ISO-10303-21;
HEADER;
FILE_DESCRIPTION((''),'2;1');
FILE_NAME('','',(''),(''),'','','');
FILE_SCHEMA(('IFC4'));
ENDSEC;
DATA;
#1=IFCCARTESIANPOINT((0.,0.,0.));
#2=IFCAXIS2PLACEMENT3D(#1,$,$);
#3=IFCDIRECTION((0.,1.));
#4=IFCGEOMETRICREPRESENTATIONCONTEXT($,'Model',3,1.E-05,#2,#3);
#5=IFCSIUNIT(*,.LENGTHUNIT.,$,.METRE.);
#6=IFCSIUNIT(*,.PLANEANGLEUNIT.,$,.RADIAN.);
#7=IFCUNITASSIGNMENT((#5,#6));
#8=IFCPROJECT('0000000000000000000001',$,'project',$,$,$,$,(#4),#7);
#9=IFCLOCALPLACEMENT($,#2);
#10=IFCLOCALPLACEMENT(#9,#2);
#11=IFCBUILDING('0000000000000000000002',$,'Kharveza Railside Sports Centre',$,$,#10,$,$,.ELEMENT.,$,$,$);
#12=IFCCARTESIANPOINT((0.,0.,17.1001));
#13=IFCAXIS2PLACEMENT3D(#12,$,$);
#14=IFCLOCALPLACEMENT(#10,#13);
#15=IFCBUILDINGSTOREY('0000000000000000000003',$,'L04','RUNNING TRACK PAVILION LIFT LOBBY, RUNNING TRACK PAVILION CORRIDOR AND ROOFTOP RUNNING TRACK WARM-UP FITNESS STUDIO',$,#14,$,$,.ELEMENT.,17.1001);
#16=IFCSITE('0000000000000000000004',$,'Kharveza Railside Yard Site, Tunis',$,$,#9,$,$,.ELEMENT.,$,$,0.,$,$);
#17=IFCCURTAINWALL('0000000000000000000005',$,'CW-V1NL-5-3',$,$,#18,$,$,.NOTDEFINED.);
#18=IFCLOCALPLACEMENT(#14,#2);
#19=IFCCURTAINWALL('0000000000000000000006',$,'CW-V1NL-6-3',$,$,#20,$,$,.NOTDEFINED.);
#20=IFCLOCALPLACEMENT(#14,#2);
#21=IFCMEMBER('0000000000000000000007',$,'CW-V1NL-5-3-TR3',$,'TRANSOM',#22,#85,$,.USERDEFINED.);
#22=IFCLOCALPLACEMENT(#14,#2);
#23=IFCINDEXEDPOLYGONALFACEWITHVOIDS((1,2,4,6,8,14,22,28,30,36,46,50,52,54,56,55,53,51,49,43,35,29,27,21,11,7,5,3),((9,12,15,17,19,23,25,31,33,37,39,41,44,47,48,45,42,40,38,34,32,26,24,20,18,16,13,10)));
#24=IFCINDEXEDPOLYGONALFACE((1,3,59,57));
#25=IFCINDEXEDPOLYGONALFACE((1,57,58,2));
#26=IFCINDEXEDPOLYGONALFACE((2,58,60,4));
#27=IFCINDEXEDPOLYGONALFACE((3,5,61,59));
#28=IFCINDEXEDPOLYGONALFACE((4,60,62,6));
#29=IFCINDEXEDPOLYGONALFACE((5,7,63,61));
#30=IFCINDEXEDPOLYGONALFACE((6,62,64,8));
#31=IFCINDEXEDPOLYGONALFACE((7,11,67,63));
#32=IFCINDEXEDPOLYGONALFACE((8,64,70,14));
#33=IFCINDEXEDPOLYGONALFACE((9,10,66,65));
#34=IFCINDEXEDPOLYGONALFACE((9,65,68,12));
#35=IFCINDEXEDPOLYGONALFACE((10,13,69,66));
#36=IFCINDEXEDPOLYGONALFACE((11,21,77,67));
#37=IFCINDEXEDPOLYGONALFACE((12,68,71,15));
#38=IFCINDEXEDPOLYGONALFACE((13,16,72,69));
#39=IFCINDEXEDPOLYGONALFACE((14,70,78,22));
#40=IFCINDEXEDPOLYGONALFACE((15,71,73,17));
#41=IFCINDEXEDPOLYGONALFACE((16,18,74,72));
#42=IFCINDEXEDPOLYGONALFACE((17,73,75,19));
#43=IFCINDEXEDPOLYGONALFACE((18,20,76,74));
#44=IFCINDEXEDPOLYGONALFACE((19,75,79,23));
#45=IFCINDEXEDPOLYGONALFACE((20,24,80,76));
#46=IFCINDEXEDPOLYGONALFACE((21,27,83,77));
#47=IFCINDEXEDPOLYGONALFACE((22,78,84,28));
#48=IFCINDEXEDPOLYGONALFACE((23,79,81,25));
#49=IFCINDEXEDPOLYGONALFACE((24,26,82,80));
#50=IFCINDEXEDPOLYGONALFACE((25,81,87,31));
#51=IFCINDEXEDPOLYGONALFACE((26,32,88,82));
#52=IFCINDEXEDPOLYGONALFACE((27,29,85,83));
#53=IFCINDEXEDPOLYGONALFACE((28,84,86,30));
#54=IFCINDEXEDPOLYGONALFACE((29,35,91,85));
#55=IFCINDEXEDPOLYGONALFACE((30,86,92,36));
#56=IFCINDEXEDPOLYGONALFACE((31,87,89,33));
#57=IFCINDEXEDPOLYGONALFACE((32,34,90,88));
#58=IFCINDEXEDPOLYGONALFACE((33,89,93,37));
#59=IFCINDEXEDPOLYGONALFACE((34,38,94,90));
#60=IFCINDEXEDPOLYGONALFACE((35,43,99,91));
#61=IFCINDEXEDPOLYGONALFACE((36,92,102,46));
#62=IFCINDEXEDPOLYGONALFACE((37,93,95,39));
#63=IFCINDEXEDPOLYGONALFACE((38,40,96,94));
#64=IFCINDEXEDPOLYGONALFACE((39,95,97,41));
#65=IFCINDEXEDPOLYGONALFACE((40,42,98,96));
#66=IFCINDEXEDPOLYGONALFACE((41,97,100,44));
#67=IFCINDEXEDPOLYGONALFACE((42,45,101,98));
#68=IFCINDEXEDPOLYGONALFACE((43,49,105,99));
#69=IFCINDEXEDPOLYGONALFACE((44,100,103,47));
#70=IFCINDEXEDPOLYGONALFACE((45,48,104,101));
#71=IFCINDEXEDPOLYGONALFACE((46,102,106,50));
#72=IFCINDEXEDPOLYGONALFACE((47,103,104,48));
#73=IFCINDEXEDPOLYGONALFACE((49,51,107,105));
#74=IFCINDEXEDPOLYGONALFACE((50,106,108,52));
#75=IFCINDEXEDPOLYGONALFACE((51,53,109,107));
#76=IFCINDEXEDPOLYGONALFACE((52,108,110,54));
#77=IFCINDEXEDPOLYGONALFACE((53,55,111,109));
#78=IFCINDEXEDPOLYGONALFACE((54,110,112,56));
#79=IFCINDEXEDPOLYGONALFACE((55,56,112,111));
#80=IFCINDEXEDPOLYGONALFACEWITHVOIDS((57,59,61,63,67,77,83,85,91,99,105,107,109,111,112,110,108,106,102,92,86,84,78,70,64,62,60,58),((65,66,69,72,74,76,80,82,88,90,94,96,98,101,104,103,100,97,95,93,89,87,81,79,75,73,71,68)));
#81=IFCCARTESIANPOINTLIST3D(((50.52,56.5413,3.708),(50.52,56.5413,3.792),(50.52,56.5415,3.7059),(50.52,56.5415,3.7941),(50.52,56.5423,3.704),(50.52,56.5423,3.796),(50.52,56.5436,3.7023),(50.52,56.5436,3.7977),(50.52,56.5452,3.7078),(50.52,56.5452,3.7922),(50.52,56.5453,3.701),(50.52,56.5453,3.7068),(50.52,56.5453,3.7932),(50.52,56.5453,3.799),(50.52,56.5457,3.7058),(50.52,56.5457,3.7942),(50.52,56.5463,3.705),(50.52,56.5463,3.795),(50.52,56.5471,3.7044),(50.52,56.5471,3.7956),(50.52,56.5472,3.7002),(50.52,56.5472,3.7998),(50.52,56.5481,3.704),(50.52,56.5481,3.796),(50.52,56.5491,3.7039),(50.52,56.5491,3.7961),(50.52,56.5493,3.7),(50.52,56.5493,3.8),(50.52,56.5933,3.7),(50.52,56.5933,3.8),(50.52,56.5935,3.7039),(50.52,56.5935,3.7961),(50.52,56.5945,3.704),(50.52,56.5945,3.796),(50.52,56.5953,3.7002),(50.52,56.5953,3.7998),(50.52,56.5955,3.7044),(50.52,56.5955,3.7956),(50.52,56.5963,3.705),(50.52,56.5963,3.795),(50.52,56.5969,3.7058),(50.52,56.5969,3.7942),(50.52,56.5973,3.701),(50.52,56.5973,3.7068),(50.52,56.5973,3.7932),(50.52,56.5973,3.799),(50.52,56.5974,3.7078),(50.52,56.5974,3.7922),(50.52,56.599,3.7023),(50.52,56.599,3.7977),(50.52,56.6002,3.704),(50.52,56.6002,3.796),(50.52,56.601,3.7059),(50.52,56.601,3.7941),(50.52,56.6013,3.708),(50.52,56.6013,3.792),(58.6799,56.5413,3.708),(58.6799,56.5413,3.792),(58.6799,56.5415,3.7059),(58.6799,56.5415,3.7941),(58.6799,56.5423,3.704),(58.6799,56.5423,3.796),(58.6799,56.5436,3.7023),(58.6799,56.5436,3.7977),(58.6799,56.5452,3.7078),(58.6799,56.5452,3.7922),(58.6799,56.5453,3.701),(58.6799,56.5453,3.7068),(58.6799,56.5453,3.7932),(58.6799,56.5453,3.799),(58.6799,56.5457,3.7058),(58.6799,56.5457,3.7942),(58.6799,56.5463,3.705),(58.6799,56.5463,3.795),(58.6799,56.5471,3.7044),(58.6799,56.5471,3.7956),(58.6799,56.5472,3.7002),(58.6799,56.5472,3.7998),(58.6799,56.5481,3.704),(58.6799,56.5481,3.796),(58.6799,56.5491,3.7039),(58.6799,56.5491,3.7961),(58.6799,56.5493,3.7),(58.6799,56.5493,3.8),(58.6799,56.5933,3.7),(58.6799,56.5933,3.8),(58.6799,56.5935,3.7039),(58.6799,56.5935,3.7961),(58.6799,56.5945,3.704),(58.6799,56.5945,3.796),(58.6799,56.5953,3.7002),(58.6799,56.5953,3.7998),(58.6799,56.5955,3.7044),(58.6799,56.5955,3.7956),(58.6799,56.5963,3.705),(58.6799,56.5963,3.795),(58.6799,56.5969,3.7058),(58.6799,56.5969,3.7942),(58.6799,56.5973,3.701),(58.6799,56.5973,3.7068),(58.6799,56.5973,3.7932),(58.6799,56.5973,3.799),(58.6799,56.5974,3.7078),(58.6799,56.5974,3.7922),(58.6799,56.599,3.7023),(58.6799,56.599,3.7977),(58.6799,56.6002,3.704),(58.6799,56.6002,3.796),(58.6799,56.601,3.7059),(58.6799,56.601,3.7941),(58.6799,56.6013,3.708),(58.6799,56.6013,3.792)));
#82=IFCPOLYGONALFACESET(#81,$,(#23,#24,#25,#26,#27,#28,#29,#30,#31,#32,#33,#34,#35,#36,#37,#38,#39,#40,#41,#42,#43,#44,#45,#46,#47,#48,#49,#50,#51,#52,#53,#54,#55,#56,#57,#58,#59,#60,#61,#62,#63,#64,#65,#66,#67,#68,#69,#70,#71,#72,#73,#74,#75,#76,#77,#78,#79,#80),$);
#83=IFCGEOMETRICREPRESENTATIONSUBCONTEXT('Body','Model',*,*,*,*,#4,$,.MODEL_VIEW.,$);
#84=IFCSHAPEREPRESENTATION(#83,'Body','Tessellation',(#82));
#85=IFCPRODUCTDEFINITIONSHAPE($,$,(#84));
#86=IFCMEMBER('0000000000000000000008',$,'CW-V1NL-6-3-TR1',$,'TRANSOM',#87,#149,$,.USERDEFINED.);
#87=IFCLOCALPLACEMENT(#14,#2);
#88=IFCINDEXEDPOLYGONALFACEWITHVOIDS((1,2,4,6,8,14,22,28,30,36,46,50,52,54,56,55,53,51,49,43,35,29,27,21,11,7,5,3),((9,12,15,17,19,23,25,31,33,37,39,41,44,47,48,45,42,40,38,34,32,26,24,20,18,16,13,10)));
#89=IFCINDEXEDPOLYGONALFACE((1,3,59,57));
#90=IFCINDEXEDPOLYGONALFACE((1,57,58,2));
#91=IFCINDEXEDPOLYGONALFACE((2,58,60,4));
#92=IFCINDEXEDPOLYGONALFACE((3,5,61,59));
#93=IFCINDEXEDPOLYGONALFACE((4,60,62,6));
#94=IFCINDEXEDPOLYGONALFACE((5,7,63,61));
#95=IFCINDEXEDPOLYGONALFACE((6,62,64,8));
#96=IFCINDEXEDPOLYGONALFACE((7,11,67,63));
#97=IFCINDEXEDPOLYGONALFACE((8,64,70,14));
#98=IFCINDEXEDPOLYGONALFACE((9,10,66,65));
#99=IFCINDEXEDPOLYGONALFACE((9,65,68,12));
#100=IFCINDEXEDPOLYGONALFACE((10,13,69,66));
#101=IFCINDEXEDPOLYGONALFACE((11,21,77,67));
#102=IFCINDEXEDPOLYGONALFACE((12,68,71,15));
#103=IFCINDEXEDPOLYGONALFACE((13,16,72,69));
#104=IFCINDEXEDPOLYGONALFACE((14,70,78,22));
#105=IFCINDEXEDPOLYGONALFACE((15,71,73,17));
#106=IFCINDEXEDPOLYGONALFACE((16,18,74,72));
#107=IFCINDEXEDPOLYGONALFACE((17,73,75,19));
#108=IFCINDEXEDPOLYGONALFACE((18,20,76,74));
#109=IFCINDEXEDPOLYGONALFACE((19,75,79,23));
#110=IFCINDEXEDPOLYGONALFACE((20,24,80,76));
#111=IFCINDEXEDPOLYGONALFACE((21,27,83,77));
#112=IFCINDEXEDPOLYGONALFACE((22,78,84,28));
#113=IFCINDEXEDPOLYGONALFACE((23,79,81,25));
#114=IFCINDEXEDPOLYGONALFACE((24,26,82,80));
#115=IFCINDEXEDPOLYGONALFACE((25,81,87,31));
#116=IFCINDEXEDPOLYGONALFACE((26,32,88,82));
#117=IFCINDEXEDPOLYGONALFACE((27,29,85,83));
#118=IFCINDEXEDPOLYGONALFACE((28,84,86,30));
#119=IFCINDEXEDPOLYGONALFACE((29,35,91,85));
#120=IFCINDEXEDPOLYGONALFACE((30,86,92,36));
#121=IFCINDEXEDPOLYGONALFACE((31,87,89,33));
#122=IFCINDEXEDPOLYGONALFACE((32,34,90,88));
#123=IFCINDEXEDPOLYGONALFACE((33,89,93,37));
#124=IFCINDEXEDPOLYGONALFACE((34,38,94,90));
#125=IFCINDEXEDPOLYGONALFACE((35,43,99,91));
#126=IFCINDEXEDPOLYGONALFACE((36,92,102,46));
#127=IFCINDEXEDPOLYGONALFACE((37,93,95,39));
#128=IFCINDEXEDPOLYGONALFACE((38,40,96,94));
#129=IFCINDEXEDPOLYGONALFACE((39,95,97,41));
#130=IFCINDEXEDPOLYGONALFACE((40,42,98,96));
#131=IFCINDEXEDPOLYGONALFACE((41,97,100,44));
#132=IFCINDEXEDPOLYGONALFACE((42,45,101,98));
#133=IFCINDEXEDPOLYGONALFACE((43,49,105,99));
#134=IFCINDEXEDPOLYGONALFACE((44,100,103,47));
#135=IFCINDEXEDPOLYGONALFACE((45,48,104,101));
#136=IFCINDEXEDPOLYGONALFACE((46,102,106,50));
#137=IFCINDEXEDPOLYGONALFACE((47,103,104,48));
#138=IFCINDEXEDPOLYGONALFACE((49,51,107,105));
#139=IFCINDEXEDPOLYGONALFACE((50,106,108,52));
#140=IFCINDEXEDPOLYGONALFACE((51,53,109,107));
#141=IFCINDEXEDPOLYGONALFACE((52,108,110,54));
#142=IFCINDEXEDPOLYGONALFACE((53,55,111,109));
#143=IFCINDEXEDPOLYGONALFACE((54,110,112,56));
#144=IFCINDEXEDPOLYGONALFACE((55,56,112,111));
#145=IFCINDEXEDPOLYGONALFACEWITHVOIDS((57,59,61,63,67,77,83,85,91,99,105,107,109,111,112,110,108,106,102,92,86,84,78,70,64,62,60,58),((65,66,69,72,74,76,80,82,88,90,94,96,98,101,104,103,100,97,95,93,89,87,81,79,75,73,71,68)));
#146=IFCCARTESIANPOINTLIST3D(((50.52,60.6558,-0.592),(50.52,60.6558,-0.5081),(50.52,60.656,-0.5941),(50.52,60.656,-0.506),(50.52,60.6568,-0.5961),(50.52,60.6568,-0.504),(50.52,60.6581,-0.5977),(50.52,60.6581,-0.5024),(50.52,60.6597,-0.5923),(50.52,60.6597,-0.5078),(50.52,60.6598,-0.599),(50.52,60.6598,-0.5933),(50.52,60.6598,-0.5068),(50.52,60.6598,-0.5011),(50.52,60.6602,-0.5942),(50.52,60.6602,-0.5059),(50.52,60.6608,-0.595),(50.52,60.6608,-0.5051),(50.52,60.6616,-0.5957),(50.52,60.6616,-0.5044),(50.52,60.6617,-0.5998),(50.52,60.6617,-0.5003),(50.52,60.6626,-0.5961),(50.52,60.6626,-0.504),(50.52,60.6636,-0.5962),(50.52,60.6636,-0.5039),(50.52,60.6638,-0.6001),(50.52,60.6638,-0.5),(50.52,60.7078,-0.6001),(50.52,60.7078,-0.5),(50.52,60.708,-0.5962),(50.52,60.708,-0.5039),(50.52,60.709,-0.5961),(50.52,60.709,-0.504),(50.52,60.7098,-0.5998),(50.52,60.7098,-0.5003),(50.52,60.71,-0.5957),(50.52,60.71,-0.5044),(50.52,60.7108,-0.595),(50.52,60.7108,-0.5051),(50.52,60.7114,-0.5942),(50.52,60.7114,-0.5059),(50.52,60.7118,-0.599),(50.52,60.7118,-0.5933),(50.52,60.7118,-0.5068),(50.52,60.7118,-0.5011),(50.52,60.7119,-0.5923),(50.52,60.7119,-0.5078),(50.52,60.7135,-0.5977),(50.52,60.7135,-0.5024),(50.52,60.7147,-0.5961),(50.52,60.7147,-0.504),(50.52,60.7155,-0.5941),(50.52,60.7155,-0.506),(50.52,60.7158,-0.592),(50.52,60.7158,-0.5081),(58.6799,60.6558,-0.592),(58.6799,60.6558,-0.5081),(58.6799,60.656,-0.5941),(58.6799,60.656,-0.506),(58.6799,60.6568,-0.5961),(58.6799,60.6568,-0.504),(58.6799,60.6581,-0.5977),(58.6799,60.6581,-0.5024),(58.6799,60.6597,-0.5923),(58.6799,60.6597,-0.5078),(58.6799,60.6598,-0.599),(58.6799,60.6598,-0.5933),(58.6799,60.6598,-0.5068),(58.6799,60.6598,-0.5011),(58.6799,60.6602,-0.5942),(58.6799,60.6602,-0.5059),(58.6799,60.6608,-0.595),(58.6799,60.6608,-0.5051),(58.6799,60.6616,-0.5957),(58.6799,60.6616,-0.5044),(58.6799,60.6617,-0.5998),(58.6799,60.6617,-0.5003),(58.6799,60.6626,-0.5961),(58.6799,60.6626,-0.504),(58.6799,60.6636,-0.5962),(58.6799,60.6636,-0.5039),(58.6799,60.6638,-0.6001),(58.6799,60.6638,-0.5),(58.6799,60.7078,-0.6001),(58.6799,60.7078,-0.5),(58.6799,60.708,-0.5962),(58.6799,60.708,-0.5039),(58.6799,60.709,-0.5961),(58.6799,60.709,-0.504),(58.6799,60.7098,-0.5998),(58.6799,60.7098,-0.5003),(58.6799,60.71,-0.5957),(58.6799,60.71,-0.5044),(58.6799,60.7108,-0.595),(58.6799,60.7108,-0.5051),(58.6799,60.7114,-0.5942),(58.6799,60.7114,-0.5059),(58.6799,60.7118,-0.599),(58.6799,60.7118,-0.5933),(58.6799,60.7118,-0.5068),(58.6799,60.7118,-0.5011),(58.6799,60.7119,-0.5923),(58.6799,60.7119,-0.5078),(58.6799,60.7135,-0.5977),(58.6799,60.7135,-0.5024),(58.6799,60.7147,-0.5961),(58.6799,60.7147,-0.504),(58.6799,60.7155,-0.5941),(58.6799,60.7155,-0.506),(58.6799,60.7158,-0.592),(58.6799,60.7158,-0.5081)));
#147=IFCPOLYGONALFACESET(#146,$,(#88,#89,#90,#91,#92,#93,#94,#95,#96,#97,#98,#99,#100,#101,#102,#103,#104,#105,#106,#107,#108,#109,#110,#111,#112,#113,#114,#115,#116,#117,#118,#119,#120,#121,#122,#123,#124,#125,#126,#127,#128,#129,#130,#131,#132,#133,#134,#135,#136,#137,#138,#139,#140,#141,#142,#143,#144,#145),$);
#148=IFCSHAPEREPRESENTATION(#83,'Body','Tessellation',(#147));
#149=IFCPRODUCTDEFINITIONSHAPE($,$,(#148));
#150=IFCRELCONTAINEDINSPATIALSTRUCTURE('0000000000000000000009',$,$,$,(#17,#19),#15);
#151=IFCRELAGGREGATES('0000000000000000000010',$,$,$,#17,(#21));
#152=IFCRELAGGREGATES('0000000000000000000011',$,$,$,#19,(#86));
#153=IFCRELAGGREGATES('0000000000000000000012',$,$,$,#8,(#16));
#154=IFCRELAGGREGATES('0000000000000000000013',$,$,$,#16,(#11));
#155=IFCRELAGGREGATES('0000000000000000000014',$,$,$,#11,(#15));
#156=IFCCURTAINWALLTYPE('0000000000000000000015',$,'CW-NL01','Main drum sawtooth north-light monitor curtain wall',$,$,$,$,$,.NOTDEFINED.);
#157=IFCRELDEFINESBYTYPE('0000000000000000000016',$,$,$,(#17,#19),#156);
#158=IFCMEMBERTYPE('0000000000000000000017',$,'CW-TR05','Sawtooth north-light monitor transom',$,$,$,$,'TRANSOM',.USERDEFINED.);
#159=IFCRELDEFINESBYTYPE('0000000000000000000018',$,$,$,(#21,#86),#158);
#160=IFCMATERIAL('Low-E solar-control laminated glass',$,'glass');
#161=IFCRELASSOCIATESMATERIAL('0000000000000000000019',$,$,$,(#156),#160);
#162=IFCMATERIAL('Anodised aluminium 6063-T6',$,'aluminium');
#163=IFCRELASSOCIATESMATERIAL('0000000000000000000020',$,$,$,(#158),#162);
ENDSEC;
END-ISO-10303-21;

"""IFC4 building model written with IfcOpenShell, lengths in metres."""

from ifc_helpers import new_model, si_unit, direction, frame, origin, origin_2d, place, context, subcontext, project, spatial, hollow_rectangle, extrude, material, material_profile, profile_set, type_object, element, aggregate, save


model = new_model("IFC4")

# Units and contexts
model_context = context("Model", 3, precision=1e-05, world=origin(), true_north=direction((0.0, 1.0)))
body_context = subcontext(model_context, "Body", "Model", "MODEL_VIEW")
ifc_project = project(units=[si_unit("LENGTHUNIT", "METRE"), si_unit("PLANEANGLEUNIT", "RADIAN")], contexts=[model_context])

# Site, building, storey
site_placement = place(None, origin())
site = spatial("IfcSite", under=ifc_project, at=site_placement, Name="Kharveza Railside Yard Site, Tunis", CompositionType="ELEMENT", RefElevation=0.0)
building_placement = place(site_placement, origin())
building = spatial("IfcBuilding", under=site, at=building_placement, Name="Kharveza Railside Sports Centre", CompositionType="ELEMENT")
storey_placement = place(building_placement, frame((0.0, 0.0, 17.1001)))
storey = spatial("IfcBuildingStorey", under=building, at=storey_placement, Name="L04", Description="RUNNING TRACK PAVILION LIFT LOBBY, RUNNING TRACK PAVILION CORRIDOR AND ROOFTOP RUNNING TRACK WARM-UP FITNESS STUDIO", CompositionType="ELEMENT", Elevation=17.1001)

# Shared definitions
ifc_material_1 = material(Name="Low-E solar-control laminated glass", Category="glass")
curtain_wall_type = type_object("IfcCurtainWallType", Name="CW-NL01", Description="Main drum sawtooth north-light monitor curtain wall", PredefinedType="NOTDEFINED", material=ifc_material_1)
ifc_material_2 = material(Name="Anodised aluminium 6063-T6", Category="aluminium")

# Curtain wall
curtain_wall_1_placement = place(storey_placement, origin())
curtain_wall_1 = element("IfcCurtainWall", 1, at=curtain_wall_1_placement, inside=storey, type_object=curtain_wall_type, Name="CW-V1NL-5-3", PredefinedType="NOTDEFINED")

# Curtain wall
curtain_wall_2_placement = place(storey_placement, origin())
curtain_wall_2 = element("IfcCurtainWall", 2, at=curtain_wall_2_placement, inside=storey, type_object=curtain_wall_type, Name="CW-V1NL-6-3", PredefinedType="NOTDEFINED")

# Members
ifc_material_profile_1 = material_profile(ifc_material_2, hollow_rectangle(XDim=0.0601, YDim=0.1001, WallThickness=0.0039, InnerFilletRadius=0.0039, OuterFilletRadius=0.0081, at=origin_2d()), Name="RHS 60x100x4.0")
ifc_profile_set_1 = profile_set([ifc_material_profile_1], Name="Anodised aluminium 6063-T6")
member_type_1 = type_object("IfcMemberType", Name="CW-TR05", Description="Sawtooth north-light monitor transom", ElementType="TRANSOM", PredefinedType="USERDEFINED", material=ifc_profile_set_1)
member_1_placement = place(storey_placement, frame((50.52, 56.5713, 3.75), z_axis=(1.0, 0.0, 0.0), x_axis=(0.0, 1.0, 0.0)))
member_1 = element("IfcMember", 3, at=member_1_placement, type_object=member_type_1, Name="CW-V1NL-5-3-TR3", ObjectType="TRANSOM", PredefinedType="USERDEFINED", context=body_context, shape_type="SweptSolid", body=[
    extrude(hollow_rectangle(XDim=0.0601, YDim=0.1001, WallThickness=0.0039, InnerFilletRadius=0.0039, OuterFilletRadius=0.0081, at=origin_2d()), origin(), (0.0, 0.0, 1.0), 8.1599),
])
member_2_placement = place(storey_placement, frame((50.52, 60.6858, -0.55), z_axis=(1.0, 0.0, 0.0), x_axis=(0.0, 1.0, 0.0)))
member_2 = element("IfcMember", 4, at=member_2_placement, type_object=member_type_1, Name="CW-V1NL-6-3-TR1", ObjectType="TRANSOM", PredefinedType="USERDEFINED", context=body_context, shape_type="SweptSolid", body=[
    extrude(hollow_rectangle(XDim=0.0601, YDim=0.1001, WallThickness=0.0039, InnerFilletRadius=0.0039, OuterFilletRadius=0.0081, at=origin_2d()), origin(), (0.0, 0.0, 1.0), 8.1599),
])

aggregate(curtain_wall_1, [member_1])
aggregate(curtain_wall_2, [member_2])

save(model, "model.ifc")
